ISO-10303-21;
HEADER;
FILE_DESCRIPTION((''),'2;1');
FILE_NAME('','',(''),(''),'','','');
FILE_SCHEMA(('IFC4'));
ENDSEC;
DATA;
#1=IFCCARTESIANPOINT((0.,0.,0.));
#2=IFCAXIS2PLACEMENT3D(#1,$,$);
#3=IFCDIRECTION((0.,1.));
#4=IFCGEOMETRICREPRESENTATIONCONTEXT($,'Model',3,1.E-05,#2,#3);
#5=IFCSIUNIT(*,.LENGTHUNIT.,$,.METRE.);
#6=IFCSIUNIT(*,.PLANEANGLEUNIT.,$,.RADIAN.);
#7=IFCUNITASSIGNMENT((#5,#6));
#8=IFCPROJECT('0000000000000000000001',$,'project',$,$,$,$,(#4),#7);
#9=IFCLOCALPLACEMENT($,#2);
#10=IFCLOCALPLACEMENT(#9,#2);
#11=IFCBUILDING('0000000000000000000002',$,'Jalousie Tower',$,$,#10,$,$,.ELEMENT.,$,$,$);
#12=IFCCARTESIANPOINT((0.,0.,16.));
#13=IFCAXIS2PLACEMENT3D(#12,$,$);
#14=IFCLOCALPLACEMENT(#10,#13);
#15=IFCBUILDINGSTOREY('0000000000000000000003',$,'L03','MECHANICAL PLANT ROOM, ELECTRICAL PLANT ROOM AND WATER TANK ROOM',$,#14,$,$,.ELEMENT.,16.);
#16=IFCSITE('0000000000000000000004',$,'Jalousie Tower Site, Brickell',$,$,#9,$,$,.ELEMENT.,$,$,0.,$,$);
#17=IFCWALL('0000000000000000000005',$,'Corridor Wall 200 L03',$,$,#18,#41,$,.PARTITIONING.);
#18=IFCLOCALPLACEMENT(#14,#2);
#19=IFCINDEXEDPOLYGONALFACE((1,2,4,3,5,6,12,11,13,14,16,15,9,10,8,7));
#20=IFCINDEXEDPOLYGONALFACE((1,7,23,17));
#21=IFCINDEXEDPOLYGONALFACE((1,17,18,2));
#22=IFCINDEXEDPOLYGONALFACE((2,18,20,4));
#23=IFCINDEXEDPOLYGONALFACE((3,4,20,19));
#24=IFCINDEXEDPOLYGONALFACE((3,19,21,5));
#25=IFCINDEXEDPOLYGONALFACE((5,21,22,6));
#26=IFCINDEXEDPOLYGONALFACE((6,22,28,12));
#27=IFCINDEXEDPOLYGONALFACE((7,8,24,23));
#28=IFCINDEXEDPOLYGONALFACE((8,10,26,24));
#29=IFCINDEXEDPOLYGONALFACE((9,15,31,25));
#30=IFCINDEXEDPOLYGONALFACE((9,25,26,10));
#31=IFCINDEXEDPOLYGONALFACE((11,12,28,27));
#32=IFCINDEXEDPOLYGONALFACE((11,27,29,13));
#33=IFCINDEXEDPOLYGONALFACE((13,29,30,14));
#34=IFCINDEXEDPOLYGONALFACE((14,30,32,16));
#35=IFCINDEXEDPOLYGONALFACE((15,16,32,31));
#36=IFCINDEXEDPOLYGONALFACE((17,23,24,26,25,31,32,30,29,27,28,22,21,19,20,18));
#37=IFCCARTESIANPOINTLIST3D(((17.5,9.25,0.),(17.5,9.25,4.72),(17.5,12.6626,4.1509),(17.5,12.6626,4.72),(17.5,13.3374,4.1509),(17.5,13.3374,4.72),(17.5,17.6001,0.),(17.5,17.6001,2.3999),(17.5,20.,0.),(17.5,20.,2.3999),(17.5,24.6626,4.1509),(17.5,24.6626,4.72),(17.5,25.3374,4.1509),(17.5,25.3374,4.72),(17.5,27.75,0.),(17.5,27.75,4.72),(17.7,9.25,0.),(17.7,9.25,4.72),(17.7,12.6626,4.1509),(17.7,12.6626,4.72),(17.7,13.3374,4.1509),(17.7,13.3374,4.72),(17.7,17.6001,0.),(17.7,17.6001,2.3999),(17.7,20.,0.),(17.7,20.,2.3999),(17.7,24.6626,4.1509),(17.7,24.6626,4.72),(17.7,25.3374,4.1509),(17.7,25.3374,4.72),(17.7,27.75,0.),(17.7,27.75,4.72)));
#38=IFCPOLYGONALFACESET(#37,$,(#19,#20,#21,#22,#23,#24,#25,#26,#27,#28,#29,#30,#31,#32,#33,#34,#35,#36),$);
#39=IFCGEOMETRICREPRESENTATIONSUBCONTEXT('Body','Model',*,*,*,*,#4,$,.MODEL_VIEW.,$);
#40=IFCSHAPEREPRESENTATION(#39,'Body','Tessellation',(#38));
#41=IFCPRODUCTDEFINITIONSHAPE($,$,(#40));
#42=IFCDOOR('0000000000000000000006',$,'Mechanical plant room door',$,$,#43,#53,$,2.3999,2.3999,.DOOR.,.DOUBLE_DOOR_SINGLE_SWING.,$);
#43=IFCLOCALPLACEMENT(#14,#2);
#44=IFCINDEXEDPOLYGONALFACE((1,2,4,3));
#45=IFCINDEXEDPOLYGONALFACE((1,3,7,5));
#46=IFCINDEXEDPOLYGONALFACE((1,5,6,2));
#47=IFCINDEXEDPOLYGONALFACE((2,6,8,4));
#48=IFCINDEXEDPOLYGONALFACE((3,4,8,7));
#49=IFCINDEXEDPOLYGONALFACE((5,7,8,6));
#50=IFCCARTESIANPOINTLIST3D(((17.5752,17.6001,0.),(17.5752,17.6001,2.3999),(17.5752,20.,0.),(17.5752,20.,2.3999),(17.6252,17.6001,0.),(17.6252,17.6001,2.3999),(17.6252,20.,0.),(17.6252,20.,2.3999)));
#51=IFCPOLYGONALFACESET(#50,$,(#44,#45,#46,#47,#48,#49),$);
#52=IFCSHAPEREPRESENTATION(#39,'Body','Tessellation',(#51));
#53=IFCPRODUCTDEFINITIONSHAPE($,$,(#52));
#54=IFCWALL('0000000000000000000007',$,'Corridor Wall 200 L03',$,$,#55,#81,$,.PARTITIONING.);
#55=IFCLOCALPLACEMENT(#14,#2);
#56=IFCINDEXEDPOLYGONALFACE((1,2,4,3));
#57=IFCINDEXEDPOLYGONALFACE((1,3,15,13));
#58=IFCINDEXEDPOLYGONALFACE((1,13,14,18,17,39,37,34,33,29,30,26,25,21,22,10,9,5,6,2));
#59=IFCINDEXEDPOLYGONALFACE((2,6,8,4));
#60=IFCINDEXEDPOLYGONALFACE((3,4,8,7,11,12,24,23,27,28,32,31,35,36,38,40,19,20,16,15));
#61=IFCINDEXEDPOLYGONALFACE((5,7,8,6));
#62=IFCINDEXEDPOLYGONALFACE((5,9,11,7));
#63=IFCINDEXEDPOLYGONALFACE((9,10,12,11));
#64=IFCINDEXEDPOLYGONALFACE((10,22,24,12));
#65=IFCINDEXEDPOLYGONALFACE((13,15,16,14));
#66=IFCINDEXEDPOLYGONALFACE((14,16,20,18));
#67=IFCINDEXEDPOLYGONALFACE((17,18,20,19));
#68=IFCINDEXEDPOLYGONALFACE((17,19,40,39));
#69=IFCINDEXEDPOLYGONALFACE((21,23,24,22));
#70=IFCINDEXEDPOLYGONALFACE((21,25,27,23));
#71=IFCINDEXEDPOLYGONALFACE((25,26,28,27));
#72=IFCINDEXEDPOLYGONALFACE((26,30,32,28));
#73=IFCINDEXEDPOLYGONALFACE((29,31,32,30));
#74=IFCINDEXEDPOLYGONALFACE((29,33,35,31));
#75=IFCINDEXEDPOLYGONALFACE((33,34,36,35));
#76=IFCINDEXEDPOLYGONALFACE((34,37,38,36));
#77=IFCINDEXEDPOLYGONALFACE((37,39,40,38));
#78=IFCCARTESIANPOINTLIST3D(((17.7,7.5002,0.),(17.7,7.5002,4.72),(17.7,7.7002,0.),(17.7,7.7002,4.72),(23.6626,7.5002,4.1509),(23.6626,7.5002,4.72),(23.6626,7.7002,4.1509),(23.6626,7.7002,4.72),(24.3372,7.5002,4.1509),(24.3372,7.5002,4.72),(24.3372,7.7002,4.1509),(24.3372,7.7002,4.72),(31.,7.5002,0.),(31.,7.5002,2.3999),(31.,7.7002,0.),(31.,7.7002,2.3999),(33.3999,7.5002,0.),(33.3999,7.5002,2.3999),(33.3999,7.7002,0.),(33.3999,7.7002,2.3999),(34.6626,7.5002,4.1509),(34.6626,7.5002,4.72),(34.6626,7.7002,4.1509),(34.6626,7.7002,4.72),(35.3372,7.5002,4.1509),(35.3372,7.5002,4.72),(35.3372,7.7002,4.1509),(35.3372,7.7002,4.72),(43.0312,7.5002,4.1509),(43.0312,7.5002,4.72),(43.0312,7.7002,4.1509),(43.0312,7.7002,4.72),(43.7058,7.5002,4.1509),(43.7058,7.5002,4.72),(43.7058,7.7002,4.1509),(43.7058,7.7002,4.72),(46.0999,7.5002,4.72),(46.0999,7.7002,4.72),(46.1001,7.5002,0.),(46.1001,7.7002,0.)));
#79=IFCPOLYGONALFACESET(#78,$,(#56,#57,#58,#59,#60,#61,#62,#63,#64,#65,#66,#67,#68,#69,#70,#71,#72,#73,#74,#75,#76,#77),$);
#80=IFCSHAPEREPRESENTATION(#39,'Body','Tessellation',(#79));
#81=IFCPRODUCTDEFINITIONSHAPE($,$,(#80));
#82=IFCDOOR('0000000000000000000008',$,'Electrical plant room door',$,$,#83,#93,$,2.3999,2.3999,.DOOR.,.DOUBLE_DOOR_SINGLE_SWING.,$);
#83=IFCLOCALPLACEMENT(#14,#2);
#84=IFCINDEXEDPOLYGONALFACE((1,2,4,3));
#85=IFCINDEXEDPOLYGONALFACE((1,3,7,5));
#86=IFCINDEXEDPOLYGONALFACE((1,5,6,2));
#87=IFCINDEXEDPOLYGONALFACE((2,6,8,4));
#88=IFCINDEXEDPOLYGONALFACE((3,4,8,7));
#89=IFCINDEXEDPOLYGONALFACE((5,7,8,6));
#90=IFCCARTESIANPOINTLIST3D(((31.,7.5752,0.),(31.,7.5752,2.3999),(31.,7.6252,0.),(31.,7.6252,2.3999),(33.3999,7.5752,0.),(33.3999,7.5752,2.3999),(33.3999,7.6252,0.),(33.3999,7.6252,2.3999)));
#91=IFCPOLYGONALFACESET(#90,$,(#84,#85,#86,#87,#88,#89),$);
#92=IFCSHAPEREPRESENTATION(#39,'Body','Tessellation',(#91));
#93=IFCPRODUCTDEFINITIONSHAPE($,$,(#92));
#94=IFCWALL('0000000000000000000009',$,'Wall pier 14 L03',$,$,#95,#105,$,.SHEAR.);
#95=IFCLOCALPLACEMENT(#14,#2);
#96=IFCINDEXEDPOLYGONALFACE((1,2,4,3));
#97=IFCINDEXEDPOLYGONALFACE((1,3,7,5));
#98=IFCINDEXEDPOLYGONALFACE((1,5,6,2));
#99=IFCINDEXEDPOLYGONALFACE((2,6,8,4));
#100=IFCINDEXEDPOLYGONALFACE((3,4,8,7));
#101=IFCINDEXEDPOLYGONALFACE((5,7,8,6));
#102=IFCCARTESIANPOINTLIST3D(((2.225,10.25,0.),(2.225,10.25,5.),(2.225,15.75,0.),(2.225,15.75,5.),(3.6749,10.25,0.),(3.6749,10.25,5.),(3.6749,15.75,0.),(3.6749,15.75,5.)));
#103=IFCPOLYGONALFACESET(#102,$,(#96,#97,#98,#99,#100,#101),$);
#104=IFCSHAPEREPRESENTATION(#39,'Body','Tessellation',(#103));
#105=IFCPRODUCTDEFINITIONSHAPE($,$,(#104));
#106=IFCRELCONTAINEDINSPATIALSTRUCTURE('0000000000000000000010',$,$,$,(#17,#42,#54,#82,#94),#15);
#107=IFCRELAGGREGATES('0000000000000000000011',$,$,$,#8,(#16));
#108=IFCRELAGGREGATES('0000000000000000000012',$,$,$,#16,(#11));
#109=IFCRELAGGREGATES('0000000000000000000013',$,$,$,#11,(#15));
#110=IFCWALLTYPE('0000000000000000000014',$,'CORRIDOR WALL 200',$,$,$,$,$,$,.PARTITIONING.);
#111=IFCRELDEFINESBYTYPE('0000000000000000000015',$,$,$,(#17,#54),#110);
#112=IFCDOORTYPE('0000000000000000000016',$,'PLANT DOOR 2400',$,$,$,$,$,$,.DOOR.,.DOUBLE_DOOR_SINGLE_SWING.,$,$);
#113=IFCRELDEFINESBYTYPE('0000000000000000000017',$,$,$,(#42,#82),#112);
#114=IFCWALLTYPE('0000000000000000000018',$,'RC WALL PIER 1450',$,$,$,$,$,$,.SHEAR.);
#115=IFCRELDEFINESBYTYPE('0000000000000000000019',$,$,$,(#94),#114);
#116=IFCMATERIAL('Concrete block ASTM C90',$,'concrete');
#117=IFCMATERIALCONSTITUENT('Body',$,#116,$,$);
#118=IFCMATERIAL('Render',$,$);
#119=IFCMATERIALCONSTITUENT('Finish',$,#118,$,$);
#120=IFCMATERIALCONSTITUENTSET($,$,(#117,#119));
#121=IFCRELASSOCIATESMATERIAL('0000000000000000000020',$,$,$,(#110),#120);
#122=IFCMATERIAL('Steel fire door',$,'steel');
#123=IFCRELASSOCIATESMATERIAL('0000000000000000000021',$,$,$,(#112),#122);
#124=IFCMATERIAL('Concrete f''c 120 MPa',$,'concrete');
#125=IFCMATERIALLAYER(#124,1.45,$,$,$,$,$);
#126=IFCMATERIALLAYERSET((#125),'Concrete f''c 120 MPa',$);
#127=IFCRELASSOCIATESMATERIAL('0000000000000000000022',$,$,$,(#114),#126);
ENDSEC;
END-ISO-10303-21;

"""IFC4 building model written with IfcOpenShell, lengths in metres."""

from ifc_helpers import new_model, si_unit, direction, frame, frame_2d, origin, place, context, subcontext, project, spatial, polyline, rectangle, outline, extrude, material, layer, layer_set, constituent, constituent_set, type_object, element, fill, save


model = new_model("IFC4")

# Units and contexts
model_context = context("Model", 3, precision=1e-05, world=origin(), true_north=direction((0.0, 1.0)))
body_context = subcontext(model_context, "Body", "Model", "MODEL_VIEW")
ifc_project = project(units=[si_unit("LENGTHUNIT", "METRE"), si_unit("PLANEANGLEUNIT", "RADIAN")], contexts=[model_context])

# Site, building, storey
site_placement = place(None, origin())
site = spatial("IfcSite", under=ifc_project, at=site_placement, Name="Jalousie Tower Site, Brickell", CompositionType="ELEMENT", RefElevation=0.0)
building_placement = place(site_placement, origin())
building = spatial("IfcBuilding", under=site, at=building_placement, Name="Jalousie Tower", CompositionType="ELEMENT")
storey_placement = place(building_placement, frame((0.0, 0.0, 16.0)))
storey = spatial("IfcBuildingStorey", under=building, at=storey_placement, Name="L03", Description="MECHANICAL PLANT ROOM, ELECTRICAL PLANT ROOM AND WATER TANK ROOM", CompositionType="ELEMENT", Elevation=16.0)

# Shared definitions
ifc_material_1 = material(Name="Concrete block ASTM C90", Category="concrete")
ifc_constituent_1 = constituent(ifc_material_1, Name="Body")
ifc_material_2 = material(Name="Render")
ifc_constituent_2 = constituent(ifc_material_2, Name="Finish")
ifc_constituent_set = constituent_set(constituents=[ifc_constituent_1, ifc_constituent_2])
wall_type_1 = type_object("IfcWallType", Name="CORRIDOR WALL 200", PredefinedType="PARTITIONING", material=ifc_constituent_set)

# Walls, openings, doors
wall_1_placement = place(storey_placement, frame((17.6001, 9.25, 0.0), z_axis=(0.0, 0.0, 1.0), x_axis=(0.0, 1.0, 0.0)))
wall_1 = element("IfcWall", 1, at=wall_1_placement, inside=storey, type_object=wall_type_1, Name="Corridor Wall 200 L03", PredefinedType="PARTITIONING", context=body_context, shape_type="SweptSolid", body=[
    extrude(outline(polyline([(0.0, 0.0), (18.5, 0.0), (18.5, 4.72), (16.0874, 4.72), (16.0874, 4.1509), (15.4126, 4.1509), (15.4126, 4.72), (4.0874, 4.72), (4.0874, 4.1509), (3.4126, 4.1509), (3.4126, 4.72), (0.0, 4.72), (0.0, 0.0)])), frame((0.0, 0.1001, 0.0), z_axis=(0.0, -1.0, 0.0), x_axis=(1.0, 0.0, 0.0)), (0.0, 0.0, 1.0), 0.2),
])
opening_1_placement = place(wall_1_placement, frame((8.3501, 0.0, 0.0)))
opening_1 = element("IfcOpeningElement", 2, at=opening_1_placement, cuts=wall_1, PredefinedType="OPENING", context=body_context, shape_type="SweptSolid", body=[
    extrude(rectangle(XDim=2.3999, YDim=2.3999, at=frame_2d((1.2, 1.2))), frame((0.0, 0.1099, 0.0), z_axis=(0.0, -1.0, 0.0), x_axis=(1.0, 0.0, 0.0)), (0.0, 0.0, 1.0), 0.22),
])
ifc_material_3 = material(Name="Steel fire door", Category="steel")
door_type = type_object("IfcDoorType", Name="PLANT DOOR 2400", OperationType="DOUBLE_DOOR_SINGLE_SWING", PredefinedType="DOOR", material=ifc_material_3)
door_1_placement = place(opening_1_placement, origin())
door_1 = element("IfcDoor", 3, at=door_1_placement, inside=storey, type_object=door_type, Name="Mechanical plant room door", OperationType="DOUBLE_DOOR_SINGLE_SWING", OverallHeight=2.3999, OverallWidth=2.3999, PredefinedType="DOOR", context=body_context, shape_type="SweptSolid", body=[
    extrude(rectangle(XDim=2.3999, YDim=2.3999, at=frame_2d((1.2, 1.2))), frame((0.0, 0.0249, 0.0), z_axis=(0.0, -1.0, 0.0), x_axis=(1.0, 0.0, 0.0)), (0.0, 0.0, 1.0), 0.05),
])
fill(opening_1, door_1)
wall_2_placement = place(storey_placement, frame((17.7, 7.6001, 0.0), z_axis=(0.0, 0.0, 1.0), x_axis=(1.0, 0.0, 0.0)))
wall_2 = element("IfcWall", 4, at=wall_2_placement, inside=storey, type_object=wall_type_1, Name="Corridor Wall 200 L03", PredefinedType="PARTITIONING", context=body_context, shape_type="SweptSolid", body=[
    extrude(outline(polyline([(0.0, 0.0), (28.4001, 0.0), (28.3999, 4.72), (26.0059, 4.72), (26.0059, 4.1509), (25.3313, 4.1509), (25.3313, 4.72), (17.6372, 4.72), (17.6372, 4.1509), (16.9626, 4.1509), (16.9626, 4.72), (6.6372, 4.72), (6.6372, 4.1509), (5.9626, 4.1509), (5.9626, 4.72), (0.0, 4.72), (0.0, 0.0)])), frame((0.0, 0.1001, 0.0), z_axis=(0.0, -1.0, 0.0), x_axis=(1.0, 0.0, 0.0)), (0.0, 0.0, 1.0), 0.2),
])
opening_2_placement = place(wall_2_placement, frame((13.3, 0.0, 0.0)))
opening_2 = element("IfcOpeningElement", 5, at=opening_2_placement, cuts=wall_2, PredefinedType="OPENING", context=body_context, shape_type="SweptSolid", body=[
    extrude(rectangle(XDim=2.3999, YDim=2.3999, at=frame_2d((1.2, 1.2))), frame((0.0, 0.1099, 0.0), z_axis=(0.0, -1.0, 0.0), x_axis=(1.0, 0.0, 0.0)), (0.0, 0.0, 1.0), 0.22),
])
door_2_placement = place(opening_2_placement, frame((2.3999, 0.0, 0.0), z_axis=(0.0, 0.0, 1.0), x_axis=(-1.0, 0.0, 0.0)))
door_2 = element("IfcDoor", 6, at=door_2_placement, inside=storey, type_object=door_type, Name="Electrical plant room door", OperationType="DOUBLE_DOOR_SINGLE_SWING", OverallHeight=2.3999, OverallWidth=2.3999, PredefinedType="DOOR", context=body_context, shape_type="SweptSolid", body=[
    extrude(rectangle(XDim=2.3999, YDim=2.3999, at=frame_2d((1.2, 1.2))), frame((0.0, 0.0249, 0.0), z_axis=(0.0, -1.0, 0.0), x_axis=(1.0, 0.0, 0.0)), (0.0, 0.0, 1.0), 0.05),
])
fill(opening_2, door_2)

# Wall
ifc_material_4 = material(Name="Concrete f'c 120 MPa", Category="concrete")
ifc_layer = layer(ifc_material_4, 1.45)
ifc_layer_set = layer_set([ifc_layer], Name="Concrete f'c 120 MPa")
wall_type_2 = type_object("IfcWallType", Name="RC WALL PIER 1450", PredefinedType="SHEAR", material=ifc_layer_set)
wall_3_placement = place(storey_placement, frame((2.95, 10.25, 0.0), z_axis=(0.0, 0.0, 1.0), x_axis=(0.0, 1.0, 0.0)))
element("IfcWall", 7, at=wall_3_placement, inside=storey, type_object=wall_type_2, Name="Wall pier 14 L03", PredefinedType="SHEAR", context=body_context, shape_type="SweptSolid", body=[
    extrude(rectangle(XDim=5.5, YDim=1.45, at=frame_2d((2.75, 0.0))), origin(), (0.0, 0.0, 1.0), 5.0),
])

save(model, "model.ifc")
